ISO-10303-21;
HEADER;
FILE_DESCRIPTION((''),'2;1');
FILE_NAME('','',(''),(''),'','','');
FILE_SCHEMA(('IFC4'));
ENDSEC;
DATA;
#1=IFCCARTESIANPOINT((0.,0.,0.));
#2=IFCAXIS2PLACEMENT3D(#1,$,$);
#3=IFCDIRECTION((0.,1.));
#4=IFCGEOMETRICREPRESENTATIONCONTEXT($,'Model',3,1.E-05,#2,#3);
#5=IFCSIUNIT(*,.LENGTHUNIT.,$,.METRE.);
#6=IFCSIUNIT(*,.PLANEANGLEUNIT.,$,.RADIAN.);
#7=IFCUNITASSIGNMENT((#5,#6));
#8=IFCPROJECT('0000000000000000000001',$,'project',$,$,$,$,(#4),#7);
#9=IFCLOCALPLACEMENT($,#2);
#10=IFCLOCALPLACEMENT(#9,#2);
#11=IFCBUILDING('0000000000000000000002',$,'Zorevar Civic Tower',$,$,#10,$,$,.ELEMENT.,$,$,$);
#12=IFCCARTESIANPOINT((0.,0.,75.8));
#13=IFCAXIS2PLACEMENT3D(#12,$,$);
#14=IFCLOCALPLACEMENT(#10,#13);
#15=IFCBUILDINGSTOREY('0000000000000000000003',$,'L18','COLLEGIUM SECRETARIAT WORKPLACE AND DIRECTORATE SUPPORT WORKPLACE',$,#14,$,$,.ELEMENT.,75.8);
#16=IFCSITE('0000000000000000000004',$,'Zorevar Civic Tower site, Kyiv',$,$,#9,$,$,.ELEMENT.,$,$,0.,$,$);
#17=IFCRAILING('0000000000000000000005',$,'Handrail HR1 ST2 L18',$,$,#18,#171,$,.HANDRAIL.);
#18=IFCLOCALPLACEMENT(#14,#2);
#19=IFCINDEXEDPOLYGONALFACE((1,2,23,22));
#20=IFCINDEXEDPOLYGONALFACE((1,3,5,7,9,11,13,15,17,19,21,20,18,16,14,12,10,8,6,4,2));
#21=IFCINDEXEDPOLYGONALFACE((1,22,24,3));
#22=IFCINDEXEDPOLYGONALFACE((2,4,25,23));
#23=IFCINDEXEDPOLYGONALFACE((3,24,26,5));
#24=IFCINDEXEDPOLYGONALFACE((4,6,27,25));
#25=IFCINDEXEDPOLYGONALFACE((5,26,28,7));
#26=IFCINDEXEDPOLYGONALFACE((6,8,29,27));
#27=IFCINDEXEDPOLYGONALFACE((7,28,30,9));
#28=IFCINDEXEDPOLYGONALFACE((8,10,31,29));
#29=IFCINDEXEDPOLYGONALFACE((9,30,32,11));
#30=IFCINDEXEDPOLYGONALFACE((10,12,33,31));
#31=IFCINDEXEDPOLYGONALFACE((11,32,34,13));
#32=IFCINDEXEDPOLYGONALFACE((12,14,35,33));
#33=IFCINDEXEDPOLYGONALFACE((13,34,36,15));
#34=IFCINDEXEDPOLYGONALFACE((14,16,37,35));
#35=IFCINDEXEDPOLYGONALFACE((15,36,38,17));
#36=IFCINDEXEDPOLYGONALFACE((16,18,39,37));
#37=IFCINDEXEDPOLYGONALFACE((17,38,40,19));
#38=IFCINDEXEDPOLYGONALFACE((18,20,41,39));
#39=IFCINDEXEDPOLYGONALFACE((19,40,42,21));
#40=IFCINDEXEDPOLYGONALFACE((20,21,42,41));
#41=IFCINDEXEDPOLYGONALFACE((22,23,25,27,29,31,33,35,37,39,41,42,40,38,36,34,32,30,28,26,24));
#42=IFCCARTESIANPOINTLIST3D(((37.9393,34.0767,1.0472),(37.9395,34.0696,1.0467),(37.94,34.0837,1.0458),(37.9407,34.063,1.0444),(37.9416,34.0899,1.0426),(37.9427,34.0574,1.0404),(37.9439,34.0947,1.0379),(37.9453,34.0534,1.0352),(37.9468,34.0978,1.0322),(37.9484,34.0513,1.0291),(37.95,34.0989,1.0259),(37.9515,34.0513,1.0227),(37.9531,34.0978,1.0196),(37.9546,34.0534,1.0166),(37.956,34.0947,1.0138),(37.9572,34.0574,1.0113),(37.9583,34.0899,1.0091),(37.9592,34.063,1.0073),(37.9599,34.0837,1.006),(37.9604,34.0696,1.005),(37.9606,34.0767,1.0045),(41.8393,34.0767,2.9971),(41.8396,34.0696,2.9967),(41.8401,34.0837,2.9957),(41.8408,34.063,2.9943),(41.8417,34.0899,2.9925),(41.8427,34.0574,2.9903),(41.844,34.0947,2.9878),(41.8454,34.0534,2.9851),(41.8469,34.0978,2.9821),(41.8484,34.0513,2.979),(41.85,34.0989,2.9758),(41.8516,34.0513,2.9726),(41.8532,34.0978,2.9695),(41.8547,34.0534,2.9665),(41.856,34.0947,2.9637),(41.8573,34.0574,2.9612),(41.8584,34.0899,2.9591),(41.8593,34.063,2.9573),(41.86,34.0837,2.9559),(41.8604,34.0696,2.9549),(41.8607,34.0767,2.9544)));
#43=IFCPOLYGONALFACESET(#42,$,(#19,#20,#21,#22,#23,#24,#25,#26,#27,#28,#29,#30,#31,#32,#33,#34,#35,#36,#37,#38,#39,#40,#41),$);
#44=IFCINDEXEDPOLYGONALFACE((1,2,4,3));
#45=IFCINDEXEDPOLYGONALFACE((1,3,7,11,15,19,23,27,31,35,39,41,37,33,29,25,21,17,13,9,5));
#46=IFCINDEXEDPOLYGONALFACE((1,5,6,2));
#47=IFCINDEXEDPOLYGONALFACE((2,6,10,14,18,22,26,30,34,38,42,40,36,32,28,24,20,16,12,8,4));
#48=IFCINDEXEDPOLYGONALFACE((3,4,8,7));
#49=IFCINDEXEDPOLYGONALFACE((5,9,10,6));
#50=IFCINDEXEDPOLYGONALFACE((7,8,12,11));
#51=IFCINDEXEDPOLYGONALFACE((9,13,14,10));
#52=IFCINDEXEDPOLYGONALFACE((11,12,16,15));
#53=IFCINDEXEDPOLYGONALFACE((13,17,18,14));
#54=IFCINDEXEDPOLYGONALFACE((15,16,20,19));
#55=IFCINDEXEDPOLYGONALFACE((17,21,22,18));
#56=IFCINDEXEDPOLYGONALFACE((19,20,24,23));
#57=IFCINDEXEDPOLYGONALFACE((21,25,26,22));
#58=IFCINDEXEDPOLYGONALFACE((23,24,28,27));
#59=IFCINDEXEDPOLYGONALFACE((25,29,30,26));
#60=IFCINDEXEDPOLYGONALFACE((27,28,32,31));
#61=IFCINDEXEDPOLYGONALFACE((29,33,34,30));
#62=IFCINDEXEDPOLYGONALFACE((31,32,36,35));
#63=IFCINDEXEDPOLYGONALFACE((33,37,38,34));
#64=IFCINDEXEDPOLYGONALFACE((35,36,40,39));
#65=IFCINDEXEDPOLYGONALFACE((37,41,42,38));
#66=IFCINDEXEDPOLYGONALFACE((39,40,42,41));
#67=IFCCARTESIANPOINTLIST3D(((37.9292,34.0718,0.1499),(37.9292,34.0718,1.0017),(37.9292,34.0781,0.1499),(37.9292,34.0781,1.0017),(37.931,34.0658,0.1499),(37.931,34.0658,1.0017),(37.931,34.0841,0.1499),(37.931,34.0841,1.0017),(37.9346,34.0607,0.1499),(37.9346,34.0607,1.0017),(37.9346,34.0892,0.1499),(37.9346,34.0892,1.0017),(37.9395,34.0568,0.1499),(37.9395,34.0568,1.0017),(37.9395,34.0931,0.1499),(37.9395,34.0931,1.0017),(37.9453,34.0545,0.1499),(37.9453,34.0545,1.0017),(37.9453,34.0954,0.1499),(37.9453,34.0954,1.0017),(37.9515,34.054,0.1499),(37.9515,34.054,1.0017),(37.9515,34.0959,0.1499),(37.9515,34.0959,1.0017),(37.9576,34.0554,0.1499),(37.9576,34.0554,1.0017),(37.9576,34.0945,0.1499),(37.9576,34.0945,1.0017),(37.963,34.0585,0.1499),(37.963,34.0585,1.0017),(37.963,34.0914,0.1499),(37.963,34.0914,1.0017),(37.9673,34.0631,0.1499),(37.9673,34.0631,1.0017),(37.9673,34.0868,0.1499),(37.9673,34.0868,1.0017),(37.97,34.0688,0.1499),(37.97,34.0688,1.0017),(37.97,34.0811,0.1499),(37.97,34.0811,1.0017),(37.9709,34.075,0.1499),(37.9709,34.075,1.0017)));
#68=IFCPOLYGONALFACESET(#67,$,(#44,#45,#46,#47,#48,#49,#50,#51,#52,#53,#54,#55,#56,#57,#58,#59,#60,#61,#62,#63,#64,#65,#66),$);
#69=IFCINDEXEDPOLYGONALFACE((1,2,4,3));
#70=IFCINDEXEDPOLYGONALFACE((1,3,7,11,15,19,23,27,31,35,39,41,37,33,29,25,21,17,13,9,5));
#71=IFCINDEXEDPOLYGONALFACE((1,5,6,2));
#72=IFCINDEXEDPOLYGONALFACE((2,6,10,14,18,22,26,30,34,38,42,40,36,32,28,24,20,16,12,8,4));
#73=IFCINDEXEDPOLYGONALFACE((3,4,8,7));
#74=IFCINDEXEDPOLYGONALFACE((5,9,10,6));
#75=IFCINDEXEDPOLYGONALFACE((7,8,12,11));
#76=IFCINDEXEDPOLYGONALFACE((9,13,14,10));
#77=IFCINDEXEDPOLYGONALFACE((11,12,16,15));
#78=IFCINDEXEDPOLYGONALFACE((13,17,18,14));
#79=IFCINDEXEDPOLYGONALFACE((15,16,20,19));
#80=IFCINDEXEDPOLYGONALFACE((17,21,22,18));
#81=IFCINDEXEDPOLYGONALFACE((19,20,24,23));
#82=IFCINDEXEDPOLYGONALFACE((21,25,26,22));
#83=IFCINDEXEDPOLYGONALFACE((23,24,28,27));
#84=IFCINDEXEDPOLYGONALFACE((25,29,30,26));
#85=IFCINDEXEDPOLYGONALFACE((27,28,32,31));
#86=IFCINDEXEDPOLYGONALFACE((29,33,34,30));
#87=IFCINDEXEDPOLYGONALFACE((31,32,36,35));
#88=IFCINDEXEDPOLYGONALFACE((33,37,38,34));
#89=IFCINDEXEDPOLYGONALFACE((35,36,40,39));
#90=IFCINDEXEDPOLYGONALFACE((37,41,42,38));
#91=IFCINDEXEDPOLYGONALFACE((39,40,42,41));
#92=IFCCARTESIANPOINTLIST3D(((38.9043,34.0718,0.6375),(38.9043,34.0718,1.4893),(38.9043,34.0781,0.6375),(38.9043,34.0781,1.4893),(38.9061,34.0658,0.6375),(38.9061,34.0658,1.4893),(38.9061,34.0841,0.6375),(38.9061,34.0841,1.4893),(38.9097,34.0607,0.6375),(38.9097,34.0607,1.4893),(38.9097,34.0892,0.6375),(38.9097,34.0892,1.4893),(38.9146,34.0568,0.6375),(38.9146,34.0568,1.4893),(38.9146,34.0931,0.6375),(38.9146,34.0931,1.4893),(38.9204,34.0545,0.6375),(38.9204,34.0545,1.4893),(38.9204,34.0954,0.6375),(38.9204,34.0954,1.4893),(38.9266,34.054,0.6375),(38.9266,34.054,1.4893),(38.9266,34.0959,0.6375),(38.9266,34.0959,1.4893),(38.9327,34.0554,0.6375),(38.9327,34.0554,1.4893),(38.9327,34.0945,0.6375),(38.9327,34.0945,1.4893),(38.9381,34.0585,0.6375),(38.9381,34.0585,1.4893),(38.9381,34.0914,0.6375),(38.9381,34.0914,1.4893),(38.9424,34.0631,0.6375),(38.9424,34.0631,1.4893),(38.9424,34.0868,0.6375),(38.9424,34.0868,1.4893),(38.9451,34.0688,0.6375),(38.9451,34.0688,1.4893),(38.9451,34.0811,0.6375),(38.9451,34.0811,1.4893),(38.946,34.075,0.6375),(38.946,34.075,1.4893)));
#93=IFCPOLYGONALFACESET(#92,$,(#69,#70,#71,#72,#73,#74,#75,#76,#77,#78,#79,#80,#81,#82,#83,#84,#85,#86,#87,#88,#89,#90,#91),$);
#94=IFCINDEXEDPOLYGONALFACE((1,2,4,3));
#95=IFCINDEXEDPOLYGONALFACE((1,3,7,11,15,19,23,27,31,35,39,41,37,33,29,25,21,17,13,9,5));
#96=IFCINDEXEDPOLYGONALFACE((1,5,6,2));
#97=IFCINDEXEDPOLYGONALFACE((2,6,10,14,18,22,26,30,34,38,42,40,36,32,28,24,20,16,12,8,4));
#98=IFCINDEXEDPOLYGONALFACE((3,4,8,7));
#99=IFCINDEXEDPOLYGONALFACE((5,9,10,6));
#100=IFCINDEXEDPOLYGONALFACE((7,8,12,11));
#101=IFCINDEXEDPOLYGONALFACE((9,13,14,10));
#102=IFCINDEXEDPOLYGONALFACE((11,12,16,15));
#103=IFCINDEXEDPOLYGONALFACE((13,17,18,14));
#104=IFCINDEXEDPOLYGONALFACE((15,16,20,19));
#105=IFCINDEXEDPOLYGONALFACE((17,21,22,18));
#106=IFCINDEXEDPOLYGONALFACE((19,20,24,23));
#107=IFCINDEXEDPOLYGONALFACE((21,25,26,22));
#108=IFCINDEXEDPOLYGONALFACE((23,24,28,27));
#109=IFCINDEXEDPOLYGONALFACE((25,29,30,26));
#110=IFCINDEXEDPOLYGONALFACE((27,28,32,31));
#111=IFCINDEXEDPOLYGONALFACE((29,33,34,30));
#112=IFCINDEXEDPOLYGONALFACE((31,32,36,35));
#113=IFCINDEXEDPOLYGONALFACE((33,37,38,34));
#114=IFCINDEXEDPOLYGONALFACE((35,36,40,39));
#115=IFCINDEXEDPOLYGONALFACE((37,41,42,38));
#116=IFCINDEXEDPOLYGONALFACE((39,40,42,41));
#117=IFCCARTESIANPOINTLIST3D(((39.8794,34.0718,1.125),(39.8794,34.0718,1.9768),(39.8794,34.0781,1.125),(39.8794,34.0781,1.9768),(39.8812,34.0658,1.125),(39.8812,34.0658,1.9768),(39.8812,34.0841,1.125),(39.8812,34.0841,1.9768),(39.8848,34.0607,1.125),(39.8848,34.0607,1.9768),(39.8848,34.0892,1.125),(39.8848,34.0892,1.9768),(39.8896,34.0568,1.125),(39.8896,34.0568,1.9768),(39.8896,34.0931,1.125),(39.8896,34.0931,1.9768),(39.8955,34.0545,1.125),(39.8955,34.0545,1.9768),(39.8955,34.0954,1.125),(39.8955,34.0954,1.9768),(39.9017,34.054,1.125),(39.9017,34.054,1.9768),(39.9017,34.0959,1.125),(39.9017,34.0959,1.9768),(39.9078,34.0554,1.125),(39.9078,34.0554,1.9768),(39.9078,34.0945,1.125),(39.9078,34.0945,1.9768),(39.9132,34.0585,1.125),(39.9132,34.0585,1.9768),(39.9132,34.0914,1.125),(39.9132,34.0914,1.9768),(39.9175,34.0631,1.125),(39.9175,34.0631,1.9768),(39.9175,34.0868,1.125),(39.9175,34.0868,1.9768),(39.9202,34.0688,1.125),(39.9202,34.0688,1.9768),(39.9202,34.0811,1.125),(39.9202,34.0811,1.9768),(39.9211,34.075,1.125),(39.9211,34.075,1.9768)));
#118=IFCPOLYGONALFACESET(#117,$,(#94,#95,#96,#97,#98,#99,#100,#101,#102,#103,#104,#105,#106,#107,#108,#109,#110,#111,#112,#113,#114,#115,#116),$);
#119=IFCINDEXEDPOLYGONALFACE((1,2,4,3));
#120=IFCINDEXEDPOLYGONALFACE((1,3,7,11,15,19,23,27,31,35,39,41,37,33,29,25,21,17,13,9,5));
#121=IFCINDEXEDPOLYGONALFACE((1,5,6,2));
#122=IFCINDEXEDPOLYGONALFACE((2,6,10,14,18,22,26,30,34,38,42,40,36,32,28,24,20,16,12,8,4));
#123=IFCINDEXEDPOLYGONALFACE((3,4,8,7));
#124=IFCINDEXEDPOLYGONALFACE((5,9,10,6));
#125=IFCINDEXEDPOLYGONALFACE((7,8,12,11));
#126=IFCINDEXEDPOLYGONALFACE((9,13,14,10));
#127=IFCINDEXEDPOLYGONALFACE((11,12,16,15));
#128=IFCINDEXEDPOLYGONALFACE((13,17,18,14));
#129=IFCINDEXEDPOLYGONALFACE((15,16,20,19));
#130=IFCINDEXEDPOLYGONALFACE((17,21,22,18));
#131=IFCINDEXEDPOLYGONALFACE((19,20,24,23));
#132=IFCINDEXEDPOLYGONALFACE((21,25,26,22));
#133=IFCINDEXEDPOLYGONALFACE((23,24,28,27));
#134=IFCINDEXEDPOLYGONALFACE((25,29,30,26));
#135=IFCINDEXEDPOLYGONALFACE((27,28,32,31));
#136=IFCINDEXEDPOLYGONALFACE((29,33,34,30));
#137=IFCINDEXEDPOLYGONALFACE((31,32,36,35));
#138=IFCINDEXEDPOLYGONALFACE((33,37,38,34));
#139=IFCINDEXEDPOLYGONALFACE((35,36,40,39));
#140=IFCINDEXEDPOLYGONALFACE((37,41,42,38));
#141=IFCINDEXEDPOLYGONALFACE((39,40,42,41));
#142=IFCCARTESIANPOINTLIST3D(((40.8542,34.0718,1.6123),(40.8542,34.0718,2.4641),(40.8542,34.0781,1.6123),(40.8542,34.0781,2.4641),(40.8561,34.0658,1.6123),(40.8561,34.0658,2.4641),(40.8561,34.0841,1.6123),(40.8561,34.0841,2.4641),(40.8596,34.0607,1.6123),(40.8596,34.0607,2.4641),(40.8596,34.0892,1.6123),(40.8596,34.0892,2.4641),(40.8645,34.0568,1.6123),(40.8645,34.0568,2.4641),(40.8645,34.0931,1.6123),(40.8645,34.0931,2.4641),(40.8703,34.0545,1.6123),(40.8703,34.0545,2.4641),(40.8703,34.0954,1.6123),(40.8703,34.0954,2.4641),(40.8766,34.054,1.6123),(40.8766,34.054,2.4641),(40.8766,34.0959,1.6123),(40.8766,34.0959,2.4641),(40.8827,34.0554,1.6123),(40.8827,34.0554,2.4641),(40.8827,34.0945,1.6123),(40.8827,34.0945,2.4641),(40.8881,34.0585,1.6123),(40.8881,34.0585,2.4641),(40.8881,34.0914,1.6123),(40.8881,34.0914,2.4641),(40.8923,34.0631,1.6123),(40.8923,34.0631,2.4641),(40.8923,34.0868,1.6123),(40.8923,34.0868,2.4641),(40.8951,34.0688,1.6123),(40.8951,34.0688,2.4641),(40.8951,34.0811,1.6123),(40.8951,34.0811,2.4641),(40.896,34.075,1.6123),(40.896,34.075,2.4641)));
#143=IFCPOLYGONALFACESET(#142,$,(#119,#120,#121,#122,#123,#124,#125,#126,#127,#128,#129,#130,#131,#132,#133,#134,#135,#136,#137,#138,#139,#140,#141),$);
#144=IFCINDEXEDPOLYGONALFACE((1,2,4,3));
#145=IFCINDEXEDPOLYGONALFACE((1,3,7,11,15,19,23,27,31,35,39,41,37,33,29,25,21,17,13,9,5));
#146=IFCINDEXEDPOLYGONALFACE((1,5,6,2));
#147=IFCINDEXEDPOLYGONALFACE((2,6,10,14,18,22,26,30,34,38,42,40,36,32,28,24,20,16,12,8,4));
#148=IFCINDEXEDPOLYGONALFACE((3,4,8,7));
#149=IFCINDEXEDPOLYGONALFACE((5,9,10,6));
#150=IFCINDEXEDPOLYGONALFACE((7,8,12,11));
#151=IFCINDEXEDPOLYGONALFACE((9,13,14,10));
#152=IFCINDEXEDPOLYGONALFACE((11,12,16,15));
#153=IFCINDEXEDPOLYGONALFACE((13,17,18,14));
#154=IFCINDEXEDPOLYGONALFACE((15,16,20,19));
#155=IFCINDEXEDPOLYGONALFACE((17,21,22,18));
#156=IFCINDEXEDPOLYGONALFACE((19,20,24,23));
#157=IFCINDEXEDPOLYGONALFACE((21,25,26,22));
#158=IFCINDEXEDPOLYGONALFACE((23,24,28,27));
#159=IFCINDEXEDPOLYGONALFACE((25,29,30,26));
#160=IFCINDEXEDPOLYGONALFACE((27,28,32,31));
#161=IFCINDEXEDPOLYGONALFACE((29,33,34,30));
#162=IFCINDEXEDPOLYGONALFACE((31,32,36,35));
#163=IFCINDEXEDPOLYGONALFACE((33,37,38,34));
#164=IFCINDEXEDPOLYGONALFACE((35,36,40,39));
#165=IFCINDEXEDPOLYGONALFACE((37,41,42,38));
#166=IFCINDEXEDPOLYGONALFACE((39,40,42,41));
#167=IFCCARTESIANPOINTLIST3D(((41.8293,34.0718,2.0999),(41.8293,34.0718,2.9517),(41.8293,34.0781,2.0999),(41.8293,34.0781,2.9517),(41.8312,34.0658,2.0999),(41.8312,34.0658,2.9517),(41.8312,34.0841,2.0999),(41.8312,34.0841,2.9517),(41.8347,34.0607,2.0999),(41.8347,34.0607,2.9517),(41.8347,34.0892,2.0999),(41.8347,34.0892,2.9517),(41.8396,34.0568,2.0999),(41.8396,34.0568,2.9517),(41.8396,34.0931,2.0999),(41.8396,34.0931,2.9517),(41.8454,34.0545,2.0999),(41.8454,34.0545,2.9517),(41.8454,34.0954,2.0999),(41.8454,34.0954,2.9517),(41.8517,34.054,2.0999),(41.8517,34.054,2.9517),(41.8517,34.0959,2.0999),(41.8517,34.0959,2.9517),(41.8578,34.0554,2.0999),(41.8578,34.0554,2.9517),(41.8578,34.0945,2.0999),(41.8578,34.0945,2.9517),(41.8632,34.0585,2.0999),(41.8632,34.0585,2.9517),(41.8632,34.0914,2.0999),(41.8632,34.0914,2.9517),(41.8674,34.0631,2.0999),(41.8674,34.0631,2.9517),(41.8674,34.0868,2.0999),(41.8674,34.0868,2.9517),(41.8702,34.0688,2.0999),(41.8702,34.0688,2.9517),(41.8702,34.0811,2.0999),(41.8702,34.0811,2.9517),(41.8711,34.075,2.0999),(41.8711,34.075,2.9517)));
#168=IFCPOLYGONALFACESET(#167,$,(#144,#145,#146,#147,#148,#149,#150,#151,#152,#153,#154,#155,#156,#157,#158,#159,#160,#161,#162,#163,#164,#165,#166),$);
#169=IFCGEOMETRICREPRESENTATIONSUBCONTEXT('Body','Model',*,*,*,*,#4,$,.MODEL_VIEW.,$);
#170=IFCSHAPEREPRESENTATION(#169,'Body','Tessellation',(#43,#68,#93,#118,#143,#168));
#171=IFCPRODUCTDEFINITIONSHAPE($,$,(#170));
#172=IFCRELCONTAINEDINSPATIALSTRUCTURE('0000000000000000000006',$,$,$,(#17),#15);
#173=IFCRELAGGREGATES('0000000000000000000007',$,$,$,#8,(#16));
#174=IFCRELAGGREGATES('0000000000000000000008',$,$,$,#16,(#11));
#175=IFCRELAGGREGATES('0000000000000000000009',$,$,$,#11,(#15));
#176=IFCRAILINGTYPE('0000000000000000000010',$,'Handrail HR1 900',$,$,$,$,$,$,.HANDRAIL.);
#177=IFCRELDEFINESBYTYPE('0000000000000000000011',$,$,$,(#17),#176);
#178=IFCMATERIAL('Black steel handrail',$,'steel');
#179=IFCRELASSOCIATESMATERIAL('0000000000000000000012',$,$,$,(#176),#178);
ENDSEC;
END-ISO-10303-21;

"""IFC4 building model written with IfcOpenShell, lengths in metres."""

from ifc_helpers import new_model, si_unit, direction, frame, origin, origin_2d, place, context, subcontext, project, spatial, circle, extrude, material, type_object, element, save


model = new_model("IFC4")

# Units and contexts
model_context = context("Model", 3, precision=1e-05, world=origin(), true_north=direction((0.0, 1.0)))
body_context = subcontext(model_context, "Body", "Model", "MODEL_VIEW")
ifc_project = project(units=[si_unit("LENGTHUNIT", "METRE"), si_unit("PLANEANGLEUNIT", "RADIAN")], contexts=[model_context])

# Site, building, storey
site_placement = place(None, origin())
site = spatial("IfcSite", under=ifc_project, at=site_placement, Name="Zorevar Civic Tower site, Kyiv", CompositionType="ELEMENT", RefElevation=0.0)
building_placement = place(site_placement, origin())
building = spatial("IfcBuilding", under=site, at=building_placement, Name="Zorevar Civic Tower", CompositionType="ELEMENT")
storey_placement = place(building_placement, frame((0.0, 0.0, 75.8)))
storey = spatial("IfcBuildingStorey", under=building, at=storey_placement, Name="L18", Description="COLLEGIUM SECRETARIAT WORKPLACE AND DIRECTORATE SUPPORT WORKPLACE", CompositionType="ELEMENT", Elevation=75.8)

# Railing
ifc_material_1 = material(Name="Black steel handrail", Category="steel")
railing_type = type_object("IfcRailingType", Name="Handrail HR1 900", PredefinedType="HANDRAIL", material=ifc_material_1)
railing_1_placement = place(storey_placement, frame((37.95, 34.075, 0.1499)))
element("IfcRailing", 1, at=railing_1_placement, inside=storey, type_object=railing_type, Name="Handrail HR1 ST2 L18", PredefinedType="HANDRAIL", context=body_context, shape_type="SweptSolid", body=[
    extrude(circle(Radius=0.0239, at=origin_2d()), frame((0.0, 0.0, 0.876), z_axis=(0.894438, 0.0, 0.447191), x_axis=(0.0, 1.0, 0.0)), (0.0, 0.0, 1.0), 4.3604),
    extrude(circle(Radius=0.021, at=origin_2d()), origin(), (0.0, 0.0, 1.0), 0.8518),
    extrude(circle(Radius=0.021, at=origin_2d()), frame((0.9751, 0.0, 0.4875)), (0.0, 0.0, 1.0), 0.8518),
    extrude(circle(Radius=0.021, at=origin_2d()), frame((1.9502, 0.0, 0.9751)), (0.0, 0.0, 1.0), 0.8518),
    extrude(circle(Radius=0.021, at=origin_2d()), frame((2.925, 0.0, 1.4624)), (0.0, 0.0, 1.0), 0.8518),
    extrude(circle(Radius=0.021, at=origin_2d()), frame((3.9001, 0.0, 1.95)), (0.0, 0.0, 1.0), 0.8518),
])

save(model, "model.ifc")
